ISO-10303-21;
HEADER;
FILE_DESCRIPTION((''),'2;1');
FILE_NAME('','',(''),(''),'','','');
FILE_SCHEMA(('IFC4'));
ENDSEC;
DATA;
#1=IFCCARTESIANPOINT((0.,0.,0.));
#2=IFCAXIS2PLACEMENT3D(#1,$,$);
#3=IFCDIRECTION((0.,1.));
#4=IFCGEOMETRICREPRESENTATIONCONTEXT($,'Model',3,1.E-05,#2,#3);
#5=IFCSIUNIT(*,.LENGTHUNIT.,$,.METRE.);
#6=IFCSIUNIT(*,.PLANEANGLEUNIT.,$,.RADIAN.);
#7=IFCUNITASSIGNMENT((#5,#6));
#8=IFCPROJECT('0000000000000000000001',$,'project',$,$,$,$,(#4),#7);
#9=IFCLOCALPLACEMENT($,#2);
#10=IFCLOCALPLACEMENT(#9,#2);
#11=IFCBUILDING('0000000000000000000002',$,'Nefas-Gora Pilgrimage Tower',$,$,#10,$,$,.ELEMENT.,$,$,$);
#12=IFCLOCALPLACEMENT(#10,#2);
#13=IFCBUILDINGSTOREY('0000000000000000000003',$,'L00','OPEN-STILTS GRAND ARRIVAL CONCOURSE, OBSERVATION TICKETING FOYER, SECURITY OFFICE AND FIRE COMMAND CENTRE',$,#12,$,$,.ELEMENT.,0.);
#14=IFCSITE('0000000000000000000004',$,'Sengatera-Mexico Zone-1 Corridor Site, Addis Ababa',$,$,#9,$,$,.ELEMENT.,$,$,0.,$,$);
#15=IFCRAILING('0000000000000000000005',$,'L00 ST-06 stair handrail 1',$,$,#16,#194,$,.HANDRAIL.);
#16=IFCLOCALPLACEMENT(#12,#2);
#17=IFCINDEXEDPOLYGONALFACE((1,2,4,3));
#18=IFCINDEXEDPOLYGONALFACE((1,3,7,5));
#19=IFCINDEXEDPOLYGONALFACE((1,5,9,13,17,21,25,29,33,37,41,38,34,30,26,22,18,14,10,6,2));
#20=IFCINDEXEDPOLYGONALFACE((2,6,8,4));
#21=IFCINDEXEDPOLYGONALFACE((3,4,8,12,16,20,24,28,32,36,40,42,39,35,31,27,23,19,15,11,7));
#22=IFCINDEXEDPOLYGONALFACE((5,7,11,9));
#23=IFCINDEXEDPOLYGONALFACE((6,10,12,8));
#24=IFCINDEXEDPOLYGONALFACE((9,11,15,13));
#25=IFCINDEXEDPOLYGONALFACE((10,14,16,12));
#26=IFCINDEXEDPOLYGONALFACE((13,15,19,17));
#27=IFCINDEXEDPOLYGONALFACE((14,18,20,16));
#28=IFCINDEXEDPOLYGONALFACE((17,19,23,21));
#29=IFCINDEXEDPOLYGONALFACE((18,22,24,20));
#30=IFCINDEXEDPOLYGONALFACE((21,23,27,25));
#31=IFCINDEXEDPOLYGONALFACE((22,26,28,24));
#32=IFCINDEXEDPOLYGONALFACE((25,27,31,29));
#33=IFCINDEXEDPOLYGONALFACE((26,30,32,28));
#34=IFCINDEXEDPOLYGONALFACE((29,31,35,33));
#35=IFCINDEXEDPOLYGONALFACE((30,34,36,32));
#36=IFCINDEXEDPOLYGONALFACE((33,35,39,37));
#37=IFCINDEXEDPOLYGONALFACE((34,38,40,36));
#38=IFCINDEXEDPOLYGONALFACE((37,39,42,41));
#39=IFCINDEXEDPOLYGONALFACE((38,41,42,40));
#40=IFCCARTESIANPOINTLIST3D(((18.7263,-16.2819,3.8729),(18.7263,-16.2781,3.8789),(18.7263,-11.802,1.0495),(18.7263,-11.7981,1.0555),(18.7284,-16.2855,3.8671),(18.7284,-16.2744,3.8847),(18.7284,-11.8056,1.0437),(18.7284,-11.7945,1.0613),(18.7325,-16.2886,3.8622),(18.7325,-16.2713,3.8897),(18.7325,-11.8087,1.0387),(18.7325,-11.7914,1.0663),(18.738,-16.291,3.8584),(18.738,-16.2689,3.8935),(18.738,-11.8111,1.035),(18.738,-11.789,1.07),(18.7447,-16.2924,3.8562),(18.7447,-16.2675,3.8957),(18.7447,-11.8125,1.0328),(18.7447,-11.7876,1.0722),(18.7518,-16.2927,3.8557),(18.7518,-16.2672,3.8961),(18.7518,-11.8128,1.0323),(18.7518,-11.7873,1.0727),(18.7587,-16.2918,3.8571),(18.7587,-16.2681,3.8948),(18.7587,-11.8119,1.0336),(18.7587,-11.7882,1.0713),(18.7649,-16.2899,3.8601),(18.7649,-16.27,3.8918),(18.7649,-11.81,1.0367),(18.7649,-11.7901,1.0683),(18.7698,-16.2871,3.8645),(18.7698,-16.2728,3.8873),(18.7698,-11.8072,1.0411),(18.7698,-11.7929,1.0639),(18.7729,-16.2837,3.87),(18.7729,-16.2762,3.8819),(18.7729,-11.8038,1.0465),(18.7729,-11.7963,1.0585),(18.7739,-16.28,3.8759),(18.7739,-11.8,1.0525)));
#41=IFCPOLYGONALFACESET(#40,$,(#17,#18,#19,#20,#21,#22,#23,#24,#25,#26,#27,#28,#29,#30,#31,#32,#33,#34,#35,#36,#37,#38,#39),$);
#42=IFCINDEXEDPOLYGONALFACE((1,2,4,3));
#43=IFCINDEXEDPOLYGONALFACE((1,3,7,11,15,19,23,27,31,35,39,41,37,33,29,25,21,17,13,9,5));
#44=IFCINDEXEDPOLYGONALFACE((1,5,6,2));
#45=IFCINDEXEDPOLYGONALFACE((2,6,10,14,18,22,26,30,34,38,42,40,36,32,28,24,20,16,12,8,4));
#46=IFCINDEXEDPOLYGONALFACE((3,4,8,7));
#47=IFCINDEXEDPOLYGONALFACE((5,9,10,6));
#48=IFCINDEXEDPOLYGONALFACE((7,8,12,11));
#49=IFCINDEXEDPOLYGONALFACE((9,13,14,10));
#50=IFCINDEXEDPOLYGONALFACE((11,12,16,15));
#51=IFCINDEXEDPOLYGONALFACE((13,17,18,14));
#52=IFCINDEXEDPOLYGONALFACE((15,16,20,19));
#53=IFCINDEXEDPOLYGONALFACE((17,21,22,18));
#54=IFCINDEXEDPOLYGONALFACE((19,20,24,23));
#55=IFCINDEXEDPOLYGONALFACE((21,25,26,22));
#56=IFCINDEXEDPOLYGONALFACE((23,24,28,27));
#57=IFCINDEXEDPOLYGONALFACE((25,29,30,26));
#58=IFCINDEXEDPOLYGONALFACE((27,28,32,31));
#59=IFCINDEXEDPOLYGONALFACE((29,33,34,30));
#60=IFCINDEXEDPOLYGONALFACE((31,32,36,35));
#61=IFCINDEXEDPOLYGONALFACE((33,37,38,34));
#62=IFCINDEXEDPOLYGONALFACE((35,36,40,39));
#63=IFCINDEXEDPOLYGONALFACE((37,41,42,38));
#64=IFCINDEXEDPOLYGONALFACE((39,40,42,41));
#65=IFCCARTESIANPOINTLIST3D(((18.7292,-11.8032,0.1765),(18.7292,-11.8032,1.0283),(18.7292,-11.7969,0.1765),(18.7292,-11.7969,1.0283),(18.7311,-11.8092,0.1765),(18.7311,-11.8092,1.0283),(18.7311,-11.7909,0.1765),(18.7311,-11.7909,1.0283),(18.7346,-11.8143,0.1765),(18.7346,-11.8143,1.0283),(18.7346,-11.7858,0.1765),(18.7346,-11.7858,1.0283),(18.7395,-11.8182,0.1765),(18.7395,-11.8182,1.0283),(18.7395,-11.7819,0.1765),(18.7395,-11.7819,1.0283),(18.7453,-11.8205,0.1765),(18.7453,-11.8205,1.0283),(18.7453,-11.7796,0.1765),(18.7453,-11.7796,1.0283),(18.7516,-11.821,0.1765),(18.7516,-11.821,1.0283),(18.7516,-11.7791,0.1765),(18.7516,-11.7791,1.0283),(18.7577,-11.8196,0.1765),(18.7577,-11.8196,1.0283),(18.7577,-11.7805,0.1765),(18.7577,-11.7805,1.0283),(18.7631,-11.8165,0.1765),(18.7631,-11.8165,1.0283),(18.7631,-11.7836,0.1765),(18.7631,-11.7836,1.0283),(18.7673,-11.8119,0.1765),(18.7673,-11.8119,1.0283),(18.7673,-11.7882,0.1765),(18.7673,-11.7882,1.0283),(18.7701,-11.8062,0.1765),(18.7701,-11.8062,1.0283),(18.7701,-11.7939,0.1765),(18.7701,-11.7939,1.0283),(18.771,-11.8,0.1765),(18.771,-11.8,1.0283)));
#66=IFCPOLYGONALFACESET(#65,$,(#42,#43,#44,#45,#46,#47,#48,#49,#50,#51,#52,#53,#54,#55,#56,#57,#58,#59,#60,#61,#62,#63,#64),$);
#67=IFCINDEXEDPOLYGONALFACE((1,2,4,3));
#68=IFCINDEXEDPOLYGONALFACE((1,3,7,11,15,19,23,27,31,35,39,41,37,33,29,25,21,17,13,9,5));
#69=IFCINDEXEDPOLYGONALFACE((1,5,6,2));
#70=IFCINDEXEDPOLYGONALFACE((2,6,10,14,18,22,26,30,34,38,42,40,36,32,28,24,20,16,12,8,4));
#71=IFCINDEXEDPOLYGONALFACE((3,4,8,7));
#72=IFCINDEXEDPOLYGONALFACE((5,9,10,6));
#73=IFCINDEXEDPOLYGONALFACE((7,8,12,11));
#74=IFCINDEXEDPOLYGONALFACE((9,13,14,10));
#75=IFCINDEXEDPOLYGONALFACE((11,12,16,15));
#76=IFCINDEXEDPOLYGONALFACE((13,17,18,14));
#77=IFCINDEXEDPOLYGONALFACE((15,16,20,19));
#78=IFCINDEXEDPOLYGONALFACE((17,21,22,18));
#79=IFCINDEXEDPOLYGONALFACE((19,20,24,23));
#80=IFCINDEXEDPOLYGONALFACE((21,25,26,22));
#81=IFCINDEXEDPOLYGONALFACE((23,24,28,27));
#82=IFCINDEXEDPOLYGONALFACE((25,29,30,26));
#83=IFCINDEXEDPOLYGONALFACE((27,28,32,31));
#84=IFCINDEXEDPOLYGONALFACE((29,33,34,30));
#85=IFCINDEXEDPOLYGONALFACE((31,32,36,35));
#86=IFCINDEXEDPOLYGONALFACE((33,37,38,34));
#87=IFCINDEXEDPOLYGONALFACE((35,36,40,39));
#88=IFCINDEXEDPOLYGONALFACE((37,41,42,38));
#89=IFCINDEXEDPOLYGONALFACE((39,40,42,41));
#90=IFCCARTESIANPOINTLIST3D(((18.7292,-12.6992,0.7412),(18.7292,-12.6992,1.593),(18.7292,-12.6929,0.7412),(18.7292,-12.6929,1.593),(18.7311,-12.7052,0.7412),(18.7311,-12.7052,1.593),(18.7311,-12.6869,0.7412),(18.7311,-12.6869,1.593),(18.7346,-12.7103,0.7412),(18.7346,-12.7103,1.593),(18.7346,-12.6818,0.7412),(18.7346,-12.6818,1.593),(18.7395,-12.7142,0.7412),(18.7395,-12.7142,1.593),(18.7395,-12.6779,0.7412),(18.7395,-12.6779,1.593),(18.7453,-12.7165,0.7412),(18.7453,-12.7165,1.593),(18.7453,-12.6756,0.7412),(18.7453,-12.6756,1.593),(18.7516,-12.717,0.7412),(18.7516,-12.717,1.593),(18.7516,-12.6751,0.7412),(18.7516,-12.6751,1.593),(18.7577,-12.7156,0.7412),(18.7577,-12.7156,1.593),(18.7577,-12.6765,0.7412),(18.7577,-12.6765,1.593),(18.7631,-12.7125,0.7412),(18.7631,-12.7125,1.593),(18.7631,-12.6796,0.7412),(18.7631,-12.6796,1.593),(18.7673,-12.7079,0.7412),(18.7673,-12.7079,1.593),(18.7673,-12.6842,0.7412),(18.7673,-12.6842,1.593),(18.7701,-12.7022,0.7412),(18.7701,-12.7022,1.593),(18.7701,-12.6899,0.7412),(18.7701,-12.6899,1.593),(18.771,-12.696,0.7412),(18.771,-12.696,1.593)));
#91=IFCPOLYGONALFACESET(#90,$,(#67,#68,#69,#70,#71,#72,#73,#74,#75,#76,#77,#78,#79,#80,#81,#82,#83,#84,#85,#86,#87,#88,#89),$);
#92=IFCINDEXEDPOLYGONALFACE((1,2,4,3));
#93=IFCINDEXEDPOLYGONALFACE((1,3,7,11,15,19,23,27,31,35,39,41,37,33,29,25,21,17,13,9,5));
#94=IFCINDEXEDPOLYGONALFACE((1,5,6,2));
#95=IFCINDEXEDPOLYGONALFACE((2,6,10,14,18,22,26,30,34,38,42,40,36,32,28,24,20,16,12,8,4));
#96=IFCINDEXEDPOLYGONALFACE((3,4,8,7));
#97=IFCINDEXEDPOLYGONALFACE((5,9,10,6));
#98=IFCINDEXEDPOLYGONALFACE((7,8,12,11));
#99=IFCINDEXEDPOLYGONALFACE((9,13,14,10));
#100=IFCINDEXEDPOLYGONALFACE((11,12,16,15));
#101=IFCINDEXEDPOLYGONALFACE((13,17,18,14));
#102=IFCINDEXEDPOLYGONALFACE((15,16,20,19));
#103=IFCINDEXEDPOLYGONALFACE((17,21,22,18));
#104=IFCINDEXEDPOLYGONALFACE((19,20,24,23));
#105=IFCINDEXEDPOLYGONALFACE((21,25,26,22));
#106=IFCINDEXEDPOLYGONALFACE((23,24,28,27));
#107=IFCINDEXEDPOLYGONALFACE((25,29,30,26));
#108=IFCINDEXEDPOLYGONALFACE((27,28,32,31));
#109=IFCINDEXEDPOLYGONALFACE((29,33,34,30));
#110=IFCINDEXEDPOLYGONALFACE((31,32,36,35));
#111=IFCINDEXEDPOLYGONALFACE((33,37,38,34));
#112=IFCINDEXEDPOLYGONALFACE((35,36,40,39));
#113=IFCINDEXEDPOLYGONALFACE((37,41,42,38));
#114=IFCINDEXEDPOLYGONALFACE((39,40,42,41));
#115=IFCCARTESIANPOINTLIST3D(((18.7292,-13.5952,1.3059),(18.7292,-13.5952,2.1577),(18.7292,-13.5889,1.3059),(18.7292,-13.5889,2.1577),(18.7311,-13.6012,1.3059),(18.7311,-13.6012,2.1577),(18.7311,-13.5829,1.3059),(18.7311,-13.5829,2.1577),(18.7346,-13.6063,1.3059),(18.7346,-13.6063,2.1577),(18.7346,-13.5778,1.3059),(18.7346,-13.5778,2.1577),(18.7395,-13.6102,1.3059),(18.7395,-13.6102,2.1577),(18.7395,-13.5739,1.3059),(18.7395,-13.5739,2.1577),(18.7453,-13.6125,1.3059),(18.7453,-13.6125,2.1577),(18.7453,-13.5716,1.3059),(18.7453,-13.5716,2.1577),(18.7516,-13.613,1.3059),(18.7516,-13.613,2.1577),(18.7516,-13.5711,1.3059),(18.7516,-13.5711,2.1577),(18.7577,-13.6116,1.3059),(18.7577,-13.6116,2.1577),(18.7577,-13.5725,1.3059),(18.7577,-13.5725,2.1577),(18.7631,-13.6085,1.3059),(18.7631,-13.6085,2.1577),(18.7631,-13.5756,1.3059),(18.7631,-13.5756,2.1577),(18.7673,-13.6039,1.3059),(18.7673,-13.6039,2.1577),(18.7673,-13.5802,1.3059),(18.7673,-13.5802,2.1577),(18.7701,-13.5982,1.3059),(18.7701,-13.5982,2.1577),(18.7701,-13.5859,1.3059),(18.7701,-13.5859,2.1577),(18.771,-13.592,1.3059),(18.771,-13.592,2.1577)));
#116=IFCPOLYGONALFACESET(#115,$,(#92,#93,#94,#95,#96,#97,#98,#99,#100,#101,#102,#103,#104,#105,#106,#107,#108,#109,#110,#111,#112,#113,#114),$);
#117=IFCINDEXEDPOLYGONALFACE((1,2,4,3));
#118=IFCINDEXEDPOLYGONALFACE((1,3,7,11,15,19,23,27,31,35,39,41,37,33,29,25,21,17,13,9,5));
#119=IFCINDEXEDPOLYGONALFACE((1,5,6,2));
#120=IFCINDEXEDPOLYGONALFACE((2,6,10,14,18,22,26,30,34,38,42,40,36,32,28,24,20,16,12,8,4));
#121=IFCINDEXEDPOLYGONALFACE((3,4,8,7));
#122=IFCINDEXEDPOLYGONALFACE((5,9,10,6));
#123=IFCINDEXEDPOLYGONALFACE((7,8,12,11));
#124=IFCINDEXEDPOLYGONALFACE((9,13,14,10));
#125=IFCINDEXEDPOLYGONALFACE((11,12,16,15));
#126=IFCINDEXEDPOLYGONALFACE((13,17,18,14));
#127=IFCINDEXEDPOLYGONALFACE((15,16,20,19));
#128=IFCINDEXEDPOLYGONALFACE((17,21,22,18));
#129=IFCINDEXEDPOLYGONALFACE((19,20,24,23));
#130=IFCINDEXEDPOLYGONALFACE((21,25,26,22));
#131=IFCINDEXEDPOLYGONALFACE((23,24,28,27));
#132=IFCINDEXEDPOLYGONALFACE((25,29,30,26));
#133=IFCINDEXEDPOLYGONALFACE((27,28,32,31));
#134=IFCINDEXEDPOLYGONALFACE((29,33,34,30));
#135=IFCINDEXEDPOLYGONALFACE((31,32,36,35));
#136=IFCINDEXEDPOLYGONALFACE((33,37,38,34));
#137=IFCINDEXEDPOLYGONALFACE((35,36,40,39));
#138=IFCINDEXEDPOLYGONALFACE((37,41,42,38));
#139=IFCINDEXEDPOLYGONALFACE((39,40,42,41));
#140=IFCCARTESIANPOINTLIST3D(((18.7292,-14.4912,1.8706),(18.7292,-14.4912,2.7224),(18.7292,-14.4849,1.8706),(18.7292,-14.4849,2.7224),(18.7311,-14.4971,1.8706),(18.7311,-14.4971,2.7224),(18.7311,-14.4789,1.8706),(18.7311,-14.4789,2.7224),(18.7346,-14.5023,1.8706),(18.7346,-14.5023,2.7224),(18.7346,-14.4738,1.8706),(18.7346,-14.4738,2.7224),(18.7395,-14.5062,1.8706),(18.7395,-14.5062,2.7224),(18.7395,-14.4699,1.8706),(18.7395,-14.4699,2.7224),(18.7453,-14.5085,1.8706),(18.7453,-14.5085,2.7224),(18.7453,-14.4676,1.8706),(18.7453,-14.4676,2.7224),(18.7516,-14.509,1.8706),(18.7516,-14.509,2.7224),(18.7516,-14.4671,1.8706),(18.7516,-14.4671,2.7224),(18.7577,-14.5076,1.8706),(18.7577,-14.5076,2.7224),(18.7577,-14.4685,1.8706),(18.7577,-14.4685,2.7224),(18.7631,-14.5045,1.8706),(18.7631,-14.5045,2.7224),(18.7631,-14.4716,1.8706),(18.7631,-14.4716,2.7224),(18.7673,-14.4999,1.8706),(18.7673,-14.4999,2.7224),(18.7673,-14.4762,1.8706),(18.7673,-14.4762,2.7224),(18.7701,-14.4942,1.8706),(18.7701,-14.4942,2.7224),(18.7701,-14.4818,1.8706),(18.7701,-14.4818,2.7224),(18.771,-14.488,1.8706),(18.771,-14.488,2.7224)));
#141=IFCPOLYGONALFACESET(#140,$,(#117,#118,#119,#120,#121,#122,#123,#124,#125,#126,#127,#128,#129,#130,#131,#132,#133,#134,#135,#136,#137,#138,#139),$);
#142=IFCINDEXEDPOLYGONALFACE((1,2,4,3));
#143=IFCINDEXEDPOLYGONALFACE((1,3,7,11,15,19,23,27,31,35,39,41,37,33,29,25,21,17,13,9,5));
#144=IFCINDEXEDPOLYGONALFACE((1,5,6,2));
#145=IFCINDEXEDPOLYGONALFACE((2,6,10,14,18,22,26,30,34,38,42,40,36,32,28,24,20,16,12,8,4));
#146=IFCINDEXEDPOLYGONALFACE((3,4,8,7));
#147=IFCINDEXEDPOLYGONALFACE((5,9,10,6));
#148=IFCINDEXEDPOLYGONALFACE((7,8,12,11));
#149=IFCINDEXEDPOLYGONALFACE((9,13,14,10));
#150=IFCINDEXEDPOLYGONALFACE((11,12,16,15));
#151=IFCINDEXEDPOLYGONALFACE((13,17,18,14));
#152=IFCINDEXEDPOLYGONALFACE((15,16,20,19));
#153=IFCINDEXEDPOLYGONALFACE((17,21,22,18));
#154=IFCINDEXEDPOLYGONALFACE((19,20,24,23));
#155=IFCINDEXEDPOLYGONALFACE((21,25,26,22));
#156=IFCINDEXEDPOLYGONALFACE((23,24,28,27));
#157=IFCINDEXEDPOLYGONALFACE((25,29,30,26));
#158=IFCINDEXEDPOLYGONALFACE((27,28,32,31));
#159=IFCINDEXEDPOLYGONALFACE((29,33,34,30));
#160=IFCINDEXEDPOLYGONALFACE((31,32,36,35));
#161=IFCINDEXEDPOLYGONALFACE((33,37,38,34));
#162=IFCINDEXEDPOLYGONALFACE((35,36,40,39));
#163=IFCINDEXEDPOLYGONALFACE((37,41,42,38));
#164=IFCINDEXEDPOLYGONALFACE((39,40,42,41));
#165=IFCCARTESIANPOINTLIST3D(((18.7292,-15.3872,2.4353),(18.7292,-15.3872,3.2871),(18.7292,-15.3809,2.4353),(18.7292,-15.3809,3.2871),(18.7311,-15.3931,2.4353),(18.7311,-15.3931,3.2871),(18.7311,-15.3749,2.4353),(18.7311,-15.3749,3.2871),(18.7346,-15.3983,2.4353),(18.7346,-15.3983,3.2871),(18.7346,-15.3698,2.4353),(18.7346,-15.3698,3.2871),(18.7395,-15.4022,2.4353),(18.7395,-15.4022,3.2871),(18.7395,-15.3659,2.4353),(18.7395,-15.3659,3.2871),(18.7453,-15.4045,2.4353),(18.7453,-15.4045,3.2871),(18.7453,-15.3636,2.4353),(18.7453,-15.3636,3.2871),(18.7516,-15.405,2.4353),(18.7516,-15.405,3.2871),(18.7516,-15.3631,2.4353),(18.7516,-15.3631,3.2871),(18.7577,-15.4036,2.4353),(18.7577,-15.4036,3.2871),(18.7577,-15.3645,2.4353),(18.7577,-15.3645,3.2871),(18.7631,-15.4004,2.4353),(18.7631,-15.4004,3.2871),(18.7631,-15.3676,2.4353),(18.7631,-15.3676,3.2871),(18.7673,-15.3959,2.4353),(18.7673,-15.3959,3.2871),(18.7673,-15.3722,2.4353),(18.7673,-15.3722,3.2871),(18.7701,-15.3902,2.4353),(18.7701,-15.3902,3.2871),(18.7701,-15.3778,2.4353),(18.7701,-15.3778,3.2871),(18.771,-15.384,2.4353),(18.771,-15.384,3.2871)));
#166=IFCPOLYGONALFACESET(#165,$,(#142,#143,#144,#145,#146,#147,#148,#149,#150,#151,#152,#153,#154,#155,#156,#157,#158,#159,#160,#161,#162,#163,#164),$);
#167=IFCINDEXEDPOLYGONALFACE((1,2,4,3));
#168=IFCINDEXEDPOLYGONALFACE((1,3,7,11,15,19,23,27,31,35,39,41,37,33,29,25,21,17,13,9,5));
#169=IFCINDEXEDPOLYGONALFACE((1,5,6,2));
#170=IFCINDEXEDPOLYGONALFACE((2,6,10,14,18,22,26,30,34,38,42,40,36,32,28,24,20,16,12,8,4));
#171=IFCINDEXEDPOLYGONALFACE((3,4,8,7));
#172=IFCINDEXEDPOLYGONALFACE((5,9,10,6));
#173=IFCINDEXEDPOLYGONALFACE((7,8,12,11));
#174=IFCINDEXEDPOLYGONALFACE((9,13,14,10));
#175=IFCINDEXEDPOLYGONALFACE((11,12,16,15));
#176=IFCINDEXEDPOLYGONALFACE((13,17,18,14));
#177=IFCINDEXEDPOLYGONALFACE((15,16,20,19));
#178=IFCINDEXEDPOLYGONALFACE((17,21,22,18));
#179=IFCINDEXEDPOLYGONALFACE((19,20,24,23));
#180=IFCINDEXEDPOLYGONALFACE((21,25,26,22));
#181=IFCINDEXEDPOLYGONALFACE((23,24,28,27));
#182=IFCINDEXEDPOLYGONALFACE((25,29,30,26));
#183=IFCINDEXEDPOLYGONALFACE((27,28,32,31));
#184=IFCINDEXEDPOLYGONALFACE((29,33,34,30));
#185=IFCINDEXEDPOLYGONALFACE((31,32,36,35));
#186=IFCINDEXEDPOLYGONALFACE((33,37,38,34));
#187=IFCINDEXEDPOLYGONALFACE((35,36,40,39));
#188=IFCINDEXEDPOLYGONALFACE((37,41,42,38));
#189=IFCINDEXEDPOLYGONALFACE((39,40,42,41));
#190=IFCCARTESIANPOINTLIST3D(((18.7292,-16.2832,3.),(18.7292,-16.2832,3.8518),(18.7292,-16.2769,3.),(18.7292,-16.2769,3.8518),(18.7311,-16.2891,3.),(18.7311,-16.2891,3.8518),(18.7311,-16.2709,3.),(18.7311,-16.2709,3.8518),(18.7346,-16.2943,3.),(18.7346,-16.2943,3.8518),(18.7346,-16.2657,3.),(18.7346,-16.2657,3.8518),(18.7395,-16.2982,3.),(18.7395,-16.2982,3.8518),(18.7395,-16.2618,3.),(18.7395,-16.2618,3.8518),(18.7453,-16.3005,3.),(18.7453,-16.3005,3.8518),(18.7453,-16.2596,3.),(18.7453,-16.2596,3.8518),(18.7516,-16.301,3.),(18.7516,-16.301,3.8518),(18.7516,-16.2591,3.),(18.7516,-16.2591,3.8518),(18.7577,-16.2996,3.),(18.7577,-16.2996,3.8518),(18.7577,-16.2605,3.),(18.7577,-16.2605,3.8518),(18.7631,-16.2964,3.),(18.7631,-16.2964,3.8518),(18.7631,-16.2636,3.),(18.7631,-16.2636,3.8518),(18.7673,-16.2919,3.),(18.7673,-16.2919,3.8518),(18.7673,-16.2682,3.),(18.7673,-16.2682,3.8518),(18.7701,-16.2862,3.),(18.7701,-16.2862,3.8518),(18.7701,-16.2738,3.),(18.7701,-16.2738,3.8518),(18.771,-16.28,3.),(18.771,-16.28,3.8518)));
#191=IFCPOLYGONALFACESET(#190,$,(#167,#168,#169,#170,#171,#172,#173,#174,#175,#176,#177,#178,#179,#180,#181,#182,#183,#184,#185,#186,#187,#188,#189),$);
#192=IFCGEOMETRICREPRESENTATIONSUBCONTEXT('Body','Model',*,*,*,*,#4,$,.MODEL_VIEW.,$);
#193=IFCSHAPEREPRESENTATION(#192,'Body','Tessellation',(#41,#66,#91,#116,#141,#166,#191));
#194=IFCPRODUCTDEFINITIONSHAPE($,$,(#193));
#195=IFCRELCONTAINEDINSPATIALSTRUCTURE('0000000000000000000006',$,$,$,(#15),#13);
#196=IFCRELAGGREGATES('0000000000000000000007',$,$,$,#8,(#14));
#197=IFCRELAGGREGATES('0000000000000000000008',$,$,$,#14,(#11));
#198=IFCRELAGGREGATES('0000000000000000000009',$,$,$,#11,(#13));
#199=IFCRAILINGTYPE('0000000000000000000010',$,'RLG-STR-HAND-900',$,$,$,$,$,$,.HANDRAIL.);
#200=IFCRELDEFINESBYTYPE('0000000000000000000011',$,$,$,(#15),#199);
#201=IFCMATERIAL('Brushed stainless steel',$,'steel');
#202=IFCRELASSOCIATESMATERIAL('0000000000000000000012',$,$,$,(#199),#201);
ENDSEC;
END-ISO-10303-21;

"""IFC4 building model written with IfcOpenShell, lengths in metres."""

from ifc_helpers import new_model, si_unit, direction, frame, origin, origin_2d, place, context, subcontext, project, spatial, circle, extrude, material, type_object, element, save


model = new_model("IFC4")

# Units and contexts
model_context = context("Model", 3, precision=1e-05, world=origin(), true_north=direction((0.0, 1.0)))
body_context = subcontext(model_context, "Body", "Model", "MODEL_VIEW")
ifc_project = project(units=[si_unit("LENGTHUNIT", "METRE"), si_unit("PLANEANGLEUNIT", "RADIAN")], contexts=[model_context])

# Site, building, storey
site_placement = place(None, origin())
site = spatial("IfcSite", under=ifc_project, at=site_placement, Name="Sengatera-Mexico Zone-1 Corridor Site, Addis Ababa", CompositionType="ELEMENT", RefElevation=0.0)
building_placement = place(site_placement, origin())
building = spatial("IfcBuilding", under=site, at=building_placement, Name="Nefas-Gora Pilgrimage Tower", CompositionType="ELEMENT")
storey_placement = place(building_placement, origin())
storey = spatial("IfcBuildingStorey", under=building, at=storey_placement, Name="L00", Description="OPEN-STILTS GRAND ARRIVAL CONCOURSE, OBSERVATION TICKETING FOYER, SECURITY OFFICE AND FIRE COMMAND CENTRE", CompositionType="ELEMENT", Elevation=0.0)

# Railing
ifc_material_1 = material(Name="Brushed stainless steel", Category="steel")
railing_type_1 = type_object("IfcRailingType", Name="RLG-STR-HAND-900", PredefinedType="HANDRAIL", material=ifc_material_1)
railing_1_placement = place(storey_placement, frame((18.75, -11.8, 0.1765)))
element("IfcRailing", 1, at=railing_1_placement, inside=storey, type_object=railing_type_1, Name="L00 ST-06 stair handrail 1", PredefinedType="HANDRAIL", context=body_context, shape_type="SweptSolid", body=[
    extrude(circle(Radius=0.0239, at=origin_2d()), frame((0.0, 0.0, 0.876), z_axis=(0.0, -0.845998, 0.533186), x_axis=(1.0, 0.0, 0.0)), (0.0, 0.0, 1.0), 5.2954),
    extrude(circle(Radius=0.021, at=origin_2d()), origin(), (0.0, 0.0, 1.0), 0.8518),
    extrude(circle(Radius=0.021, at=origin_2d()), frame((0.0, -0.896, 0.5647)), (0.0, 0.0, 1.0), 0.8518),
    extrude(circle(Radius=0.021, at=origin_2d()), frame((0.0, -1.792, 1.1294)), (0.0, 0.0, 1.0), 0.8518),
    extrude(circle(Radius=0.021, at=origin_2d()), frame((0.0, -2.688, 1.6941)), (0.0, 0.0, 1.0), 0.8518),
    extrude(circle(Radius=0.021, at=origin_2d()), frame((0.0, -3.584, 2.2588)), (0.0, 0.0, 1.0), 0.8518),
    extrude(circle(Radius=0.021, at=origin_2d()), frame((0.0, -4.48, 2.8235)), (0.0, 0.0, 1.0), 0.8518),
])

save(model, "model.ifc")
